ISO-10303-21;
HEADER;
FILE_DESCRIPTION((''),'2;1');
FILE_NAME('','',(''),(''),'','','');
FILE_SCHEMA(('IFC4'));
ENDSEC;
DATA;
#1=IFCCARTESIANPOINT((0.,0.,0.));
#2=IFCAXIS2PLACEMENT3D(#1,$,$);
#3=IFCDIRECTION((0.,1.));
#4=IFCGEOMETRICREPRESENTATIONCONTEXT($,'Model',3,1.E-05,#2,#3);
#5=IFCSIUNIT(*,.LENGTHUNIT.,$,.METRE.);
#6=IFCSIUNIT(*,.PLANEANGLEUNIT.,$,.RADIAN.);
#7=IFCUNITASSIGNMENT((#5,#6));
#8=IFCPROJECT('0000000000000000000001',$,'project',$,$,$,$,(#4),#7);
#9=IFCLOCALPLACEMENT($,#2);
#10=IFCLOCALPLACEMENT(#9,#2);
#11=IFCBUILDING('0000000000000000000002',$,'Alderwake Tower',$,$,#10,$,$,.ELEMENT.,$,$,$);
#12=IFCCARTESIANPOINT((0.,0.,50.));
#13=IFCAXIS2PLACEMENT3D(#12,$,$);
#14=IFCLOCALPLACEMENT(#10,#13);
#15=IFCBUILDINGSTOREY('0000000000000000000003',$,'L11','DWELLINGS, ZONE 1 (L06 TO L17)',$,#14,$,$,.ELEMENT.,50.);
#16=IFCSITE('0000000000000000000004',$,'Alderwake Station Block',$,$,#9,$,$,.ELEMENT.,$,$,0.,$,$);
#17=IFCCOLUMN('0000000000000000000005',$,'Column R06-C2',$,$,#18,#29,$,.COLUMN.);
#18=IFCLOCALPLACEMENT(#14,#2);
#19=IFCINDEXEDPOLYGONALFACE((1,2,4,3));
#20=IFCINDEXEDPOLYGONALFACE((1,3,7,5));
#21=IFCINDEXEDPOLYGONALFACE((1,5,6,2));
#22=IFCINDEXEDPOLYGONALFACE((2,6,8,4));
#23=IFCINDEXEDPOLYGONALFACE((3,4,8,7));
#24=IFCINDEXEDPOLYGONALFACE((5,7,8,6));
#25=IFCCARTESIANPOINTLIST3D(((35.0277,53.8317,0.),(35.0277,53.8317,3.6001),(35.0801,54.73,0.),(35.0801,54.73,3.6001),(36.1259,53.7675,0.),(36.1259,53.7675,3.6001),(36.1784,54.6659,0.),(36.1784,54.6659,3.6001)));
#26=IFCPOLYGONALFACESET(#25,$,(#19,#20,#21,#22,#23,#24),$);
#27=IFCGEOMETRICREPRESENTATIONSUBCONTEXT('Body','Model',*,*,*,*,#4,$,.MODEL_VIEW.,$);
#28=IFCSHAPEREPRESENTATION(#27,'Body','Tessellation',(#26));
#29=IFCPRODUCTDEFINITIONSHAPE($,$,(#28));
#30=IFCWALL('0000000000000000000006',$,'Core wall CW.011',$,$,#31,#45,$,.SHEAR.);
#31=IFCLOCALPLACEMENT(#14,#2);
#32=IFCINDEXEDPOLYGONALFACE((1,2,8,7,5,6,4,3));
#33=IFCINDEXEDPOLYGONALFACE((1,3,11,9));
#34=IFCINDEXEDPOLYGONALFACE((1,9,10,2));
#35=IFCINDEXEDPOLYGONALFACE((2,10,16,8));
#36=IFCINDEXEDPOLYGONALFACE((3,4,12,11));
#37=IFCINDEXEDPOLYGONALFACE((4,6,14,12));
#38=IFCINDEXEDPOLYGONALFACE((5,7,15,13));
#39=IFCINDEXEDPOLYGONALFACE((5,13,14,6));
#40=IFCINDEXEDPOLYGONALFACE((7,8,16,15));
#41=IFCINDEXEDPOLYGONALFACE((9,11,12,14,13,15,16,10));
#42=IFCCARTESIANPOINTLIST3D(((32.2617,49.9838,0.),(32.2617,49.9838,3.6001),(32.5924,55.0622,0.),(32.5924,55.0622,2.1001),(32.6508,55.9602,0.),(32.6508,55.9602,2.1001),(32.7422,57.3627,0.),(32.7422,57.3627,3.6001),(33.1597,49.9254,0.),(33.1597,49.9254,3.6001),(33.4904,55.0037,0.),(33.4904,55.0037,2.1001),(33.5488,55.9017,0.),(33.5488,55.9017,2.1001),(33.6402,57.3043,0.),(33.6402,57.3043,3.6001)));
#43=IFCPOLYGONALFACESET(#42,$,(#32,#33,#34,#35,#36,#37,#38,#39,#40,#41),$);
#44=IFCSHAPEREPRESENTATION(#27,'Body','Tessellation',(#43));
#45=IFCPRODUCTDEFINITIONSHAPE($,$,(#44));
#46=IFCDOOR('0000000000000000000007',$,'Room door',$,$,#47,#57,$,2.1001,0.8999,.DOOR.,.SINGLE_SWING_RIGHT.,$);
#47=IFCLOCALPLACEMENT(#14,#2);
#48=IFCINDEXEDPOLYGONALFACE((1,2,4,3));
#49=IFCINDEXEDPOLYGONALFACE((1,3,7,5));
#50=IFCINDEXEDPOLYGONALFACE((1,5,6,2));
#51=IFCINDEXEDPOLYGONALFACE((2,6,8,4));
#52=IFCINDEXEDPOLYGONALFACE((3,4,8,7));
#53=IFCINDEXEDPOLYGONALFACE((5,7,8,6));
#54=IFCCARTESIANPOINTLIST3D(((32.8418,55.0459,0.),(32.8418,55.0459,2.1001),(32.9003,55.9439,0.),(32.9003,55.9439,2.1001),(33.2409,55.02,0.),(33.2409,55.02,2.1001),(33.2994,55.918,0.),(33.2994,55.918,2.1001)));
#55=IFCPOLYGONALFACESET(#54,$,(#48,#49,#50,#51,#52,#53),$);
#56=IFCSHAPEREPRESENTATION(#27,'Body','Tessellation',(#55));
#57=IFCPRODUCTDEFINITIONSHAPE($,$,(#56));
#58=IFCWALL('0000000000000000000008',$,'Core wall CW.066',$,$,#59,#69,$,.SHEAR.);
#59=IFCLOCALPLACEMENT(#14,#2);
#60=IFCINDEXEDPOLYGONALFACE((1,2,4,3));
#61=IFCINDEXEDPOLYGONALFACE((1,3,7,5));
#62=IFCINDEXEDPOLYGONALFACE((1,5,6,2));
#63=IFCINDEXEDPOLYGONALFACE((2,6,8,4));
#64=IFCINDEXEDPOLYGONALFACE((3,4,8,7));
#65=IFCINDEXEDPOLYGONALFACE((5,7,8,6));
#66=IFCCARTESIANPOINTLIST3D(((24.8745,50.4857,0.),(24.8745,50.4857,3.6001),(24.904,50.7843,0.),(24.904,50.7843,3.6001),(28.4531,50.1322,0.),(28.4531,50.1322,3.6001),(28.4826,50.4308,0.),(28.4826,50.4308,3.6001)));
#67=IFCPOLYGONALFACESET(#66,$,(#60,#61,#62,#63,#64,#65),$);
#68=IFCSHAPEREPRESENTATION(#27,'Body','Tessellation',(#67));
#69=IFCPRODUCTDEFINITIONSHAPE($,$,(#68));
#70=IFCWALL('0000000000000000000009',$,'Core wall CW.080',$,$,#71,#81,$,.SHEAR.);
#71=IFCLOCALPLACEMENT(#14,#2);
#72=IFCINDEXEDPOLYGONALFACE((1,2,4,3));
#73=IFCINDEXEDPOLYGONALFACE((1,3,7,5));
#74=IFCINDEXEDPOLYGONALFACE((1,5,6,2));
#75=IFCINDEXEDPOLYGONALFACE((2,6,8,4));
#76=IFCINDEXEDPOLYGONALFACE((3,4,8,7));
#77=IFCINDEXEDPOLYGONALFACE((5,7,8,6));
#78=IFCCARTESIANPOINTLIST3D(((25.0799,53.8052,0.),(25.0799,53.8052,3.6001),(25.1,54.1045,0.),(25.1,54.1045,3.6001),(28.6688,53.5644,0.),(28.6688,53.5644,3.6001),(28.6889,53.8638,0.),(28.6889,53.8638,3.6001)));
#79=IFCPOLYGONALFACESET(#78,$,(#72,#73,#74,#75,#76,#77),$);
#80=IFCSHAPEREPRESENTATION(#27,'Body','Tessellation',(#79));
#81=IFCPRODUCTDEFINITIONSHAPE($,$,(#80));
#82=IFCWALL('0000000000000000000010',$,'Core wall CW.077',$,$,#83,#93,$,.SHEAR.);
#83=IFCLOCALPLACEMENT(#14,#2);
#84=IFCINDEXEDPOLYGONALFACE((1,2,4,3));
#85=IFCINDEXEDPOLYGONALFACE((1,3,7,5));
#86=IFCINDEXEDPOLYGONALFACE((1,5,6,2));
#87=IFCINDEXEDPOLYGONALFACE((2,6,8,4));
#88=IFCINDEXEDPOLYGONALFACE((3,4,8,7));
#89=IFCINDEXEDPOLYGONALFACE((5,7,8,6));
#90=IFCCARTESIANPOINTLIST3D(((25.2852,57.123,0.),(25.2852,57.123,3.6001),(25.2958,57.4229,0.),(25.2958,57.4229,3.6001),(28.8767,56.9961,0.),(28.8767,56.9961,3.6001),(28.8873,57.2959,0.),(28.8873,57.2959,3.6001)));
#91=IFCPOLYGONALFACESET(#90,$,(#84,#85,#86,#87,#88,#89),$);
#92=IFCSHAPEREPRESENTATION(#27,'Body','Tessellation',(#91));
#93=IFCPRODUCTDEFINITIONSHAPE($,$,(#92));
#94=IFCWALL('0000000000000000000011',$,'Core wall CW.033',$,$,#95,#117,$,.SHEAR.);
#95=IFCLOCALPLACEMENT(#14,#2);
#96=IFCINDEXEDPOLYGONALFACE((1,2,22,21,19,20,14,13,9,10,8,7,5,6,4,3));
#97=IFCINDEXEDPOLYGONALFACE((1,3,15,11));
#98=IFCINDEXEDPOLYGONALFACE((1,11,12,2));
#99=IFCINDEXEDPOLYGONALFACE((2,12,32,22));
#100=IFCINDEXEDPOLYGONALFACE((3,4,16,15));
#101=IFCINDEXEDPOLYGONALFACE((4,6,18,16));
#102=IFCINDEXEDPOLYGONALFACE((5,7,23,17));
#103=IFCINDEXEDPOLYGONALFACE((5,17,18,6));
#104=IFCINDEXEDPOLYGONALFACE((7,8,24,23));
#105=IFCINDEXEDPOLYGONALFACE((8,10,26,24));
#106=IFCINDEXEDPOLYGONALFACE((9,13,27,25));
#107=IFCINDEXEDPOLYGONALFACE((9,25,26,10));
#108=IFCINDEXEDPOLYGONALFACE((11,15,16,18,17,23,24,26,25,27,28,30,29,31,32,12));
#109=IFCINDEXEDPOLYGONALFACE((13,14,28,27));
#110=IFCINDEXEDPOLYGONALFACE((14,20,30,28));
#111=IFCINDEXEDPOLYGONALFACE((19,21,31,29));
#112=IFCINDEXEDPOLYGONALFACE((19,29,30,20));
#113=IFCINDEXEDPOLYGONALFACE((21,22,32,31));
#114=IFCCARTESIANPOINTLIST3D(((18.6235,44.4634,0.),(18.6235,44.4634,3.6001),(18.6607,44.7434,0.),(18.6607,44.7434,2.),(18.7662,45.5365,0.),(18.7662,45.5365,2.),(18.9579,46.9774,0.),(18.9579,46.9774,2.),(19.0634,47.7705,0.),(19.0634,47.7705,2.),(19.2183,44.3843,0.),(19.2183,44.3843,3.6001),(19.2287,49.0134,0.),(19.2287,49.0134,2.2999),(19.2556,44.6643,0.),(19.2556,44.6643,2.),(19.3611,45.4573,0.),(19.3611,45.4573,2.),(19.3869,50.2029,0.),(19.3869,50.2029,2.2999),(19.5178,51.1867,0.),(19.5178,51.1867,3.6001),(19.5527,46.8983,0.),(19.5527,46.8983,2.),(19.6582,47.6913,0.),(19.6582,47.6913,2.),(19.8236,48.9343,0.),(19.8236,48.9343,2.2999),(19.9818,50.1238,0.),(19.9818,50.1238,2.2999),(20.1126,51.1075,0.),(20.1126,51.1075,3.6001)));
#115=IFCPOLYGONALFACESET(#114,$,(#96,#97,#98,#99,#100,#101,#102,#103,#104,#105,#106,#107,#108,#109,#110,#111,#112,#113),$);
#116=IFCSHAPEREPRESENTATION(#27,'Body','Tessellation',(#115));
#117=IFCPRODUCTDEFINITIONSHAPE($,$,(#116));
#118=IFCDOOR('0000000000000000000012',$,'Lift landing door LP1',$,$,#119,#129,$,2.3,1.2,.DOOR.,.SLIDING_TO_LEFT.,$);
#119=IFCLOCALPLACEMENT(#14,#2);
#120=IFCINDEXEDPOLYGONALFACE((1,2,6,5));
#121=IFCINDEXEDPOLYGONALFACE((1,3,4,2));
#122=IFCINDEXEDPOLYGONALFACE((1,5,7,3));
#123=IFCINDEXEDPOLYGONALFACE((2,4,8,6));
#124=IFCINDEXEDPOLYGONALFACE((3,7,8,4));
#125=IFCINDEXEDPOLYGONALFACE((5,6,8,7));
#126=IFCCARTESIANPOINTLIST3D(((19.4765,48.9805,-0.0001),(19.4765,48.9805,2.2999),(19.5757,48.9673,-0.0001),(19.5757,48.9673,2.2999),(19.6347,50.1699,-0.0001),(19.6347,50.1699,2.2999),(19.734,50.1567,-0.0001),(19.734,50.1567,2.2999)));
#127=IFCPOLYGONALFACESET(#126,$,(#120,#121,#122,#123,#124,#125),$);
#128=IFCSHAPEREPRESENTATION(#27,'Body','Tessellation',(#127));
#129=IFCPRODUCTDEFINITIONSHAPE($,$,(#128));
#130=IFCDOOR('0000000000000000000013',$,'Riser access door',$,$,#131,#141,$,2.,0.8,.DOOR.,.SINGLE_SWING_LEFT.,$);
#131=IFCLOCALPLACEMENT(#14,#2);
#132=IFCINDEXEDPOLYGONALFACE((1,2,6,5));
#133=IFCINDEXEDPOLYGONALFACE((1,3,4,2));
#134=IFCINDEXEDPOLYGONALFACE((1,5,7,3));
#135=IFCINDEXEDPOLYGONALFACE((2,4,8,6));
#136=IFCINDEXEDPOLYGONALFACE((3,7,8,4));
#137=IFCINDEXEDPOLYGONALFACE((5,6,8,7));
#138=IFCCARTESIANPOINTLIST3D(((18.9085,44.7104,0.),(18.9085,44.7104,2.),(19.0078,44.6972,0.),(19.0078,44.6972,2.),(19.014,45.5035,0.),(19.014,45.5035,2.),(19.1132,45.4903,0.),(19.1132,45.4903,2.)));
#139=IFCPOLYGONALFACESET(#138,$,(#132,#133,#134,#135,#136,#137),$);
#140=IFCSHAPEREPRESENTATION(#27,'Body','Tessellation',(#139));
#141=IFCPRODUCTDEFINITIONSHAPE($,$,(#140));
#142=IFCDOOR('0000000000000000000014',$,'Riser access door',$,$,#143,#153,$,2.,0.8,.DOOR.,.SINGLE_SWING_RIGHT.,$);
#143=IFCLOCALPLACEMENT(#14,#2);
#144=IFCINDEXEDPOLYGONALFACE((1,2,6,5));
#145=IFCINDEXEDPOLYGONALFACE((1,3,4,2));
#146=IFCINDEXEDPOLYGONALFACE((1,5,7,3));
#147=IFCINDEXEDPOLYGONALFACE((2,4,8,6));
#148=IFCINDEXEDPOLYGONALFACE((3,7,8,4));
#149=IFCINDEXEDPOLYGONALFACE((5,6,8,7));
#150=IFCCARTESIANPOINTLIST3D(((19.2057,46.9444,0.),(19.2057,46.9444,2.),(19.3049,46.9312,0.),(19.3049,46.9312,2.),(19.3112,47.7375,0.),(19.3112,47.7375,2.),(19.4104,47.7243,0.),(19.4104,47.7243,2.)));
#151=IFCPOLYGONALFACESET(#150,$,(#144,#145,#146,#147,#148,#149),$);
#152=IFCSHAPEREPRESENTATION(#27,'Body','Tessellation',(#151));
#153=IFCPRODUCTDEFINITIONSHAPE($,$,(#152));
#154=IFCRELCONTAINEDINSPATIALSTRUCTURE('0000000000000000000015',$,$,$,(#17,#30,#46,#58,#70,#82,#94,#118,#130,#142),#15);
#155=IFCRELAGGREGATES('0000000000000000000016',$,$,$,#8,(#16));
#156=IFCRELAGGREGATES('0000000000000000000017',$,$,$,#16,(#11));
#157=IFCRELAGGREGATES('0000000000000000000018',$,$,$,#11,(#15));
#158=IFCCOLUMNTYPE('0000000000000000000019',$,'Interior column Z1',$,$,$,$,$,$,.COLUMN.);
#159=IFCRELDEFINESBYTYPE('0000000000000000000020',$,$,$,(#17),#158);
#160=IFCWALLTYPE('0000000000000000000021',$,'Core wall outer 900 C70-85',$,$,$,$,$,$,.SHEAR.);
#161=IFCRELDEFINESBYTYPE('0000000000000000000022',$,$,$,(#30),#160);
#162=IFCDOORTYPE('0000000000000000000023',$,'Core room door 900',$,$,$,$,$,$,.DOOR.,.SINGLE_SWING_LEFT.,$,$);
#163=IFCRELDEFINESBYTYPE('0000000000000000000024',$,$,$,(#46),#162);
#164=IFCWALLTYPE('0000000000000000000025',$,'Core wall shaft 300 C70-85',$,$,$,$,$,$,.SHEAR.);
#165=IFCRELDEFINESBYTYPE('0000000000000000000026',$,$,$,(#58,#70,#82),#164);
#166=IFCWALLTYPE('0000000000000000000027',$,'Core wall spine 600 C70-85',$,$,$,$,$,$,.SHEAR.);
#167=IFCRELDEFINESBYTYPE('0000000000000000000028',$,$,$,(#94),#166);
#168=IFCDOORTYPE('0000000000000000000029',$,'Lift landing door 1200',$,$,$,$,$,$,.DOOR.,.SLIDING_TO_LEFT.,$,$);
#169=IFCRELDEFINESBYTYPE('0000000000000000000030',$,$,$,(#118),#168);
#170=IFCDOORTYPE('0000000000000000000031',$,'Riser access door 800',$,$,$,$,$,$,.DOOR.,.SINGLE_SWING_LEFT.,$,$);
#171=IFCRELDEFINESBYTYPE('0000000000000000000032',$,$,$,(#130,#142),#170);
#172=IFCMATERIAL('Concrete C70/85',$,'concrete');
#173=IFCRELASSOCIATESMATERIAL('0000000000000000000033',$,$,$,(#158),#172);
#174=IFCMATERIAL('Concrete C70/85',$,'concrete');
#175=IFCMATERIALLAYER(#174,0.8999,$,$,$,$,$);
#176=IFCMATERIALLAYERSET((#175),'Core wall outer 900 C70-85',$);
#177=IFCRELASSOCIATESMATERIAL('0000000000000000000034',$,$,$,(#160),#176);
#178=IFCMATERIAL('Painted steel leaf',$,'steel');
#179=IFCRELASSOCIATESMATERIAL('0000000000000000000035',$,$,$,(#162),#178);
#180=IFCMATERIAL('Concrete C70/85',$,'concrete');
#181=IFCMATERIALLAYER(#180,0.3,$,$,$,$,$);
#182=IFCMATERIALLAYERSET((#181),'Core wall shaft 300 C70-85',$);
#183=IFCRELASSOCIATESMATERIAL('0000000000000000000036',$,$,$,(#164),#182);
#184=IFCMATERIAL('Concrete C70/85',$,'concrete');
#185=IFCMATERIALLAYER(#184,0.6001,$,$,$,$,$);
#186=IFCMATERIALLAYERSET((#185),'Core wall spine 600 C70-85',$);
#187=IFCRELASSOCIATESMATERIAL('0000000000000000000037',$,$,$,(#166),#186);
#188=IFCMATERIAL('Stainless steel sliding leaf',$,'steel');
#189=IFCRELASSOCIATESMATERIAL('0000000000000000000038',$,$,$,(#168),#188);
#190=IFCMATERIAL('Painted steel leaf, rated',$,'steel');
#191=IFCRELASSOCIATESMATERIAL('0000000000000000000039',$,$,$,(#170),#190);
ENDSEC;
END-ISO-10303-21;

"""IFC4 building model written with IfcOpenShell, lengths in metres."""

from ifc_helpers import new_model, si_unit, direction, frame, frame_2d, origin, origin_2d, place, context, subcontext, project, spatial, rectangle, extrude, material, layer, layer_set, material_profile, profile_set, type_object, element, fill, save


model = new_model("IFC4")

# Units and contexts
model_context = context("Model", 3, precision=1e-05, world=origin(), true_north=direction((0.0, 1.0)))
body_context = subcontext(model_context, "Body", "Model", "MODEL_VIEW")
ifc_project = project(units=[si_unit("LENGTHUNIT", "METRE"), si_unit("PLANEANGLEUNIT", "RADIAN")], contexts=[model_context])

# Site, building, storey
site_placement = place(None, origin())
site = spatial("IfcSite", under=ifc_project, at=site_placement, Name="Alderwake Station Block", CompositionType="ELEMENT", RefElevation=0.0)
building_placement = place(site_placement, origin())
building = spatial("IfcBuilding", under=site, at=building_placement, Name="Alderwake Tower", CompositionType="ELEMENT")
storey_placement = place(building_placement, frame((0.0, 0.0, 50.0)))
storey = spatial("IfcBuildingStorey", under=building, at=storey_placement, Name="L11", Description="DWELLINGS, ZONE 1 (L06 TO L17)", CompositionType="ELEMENT", Elevation=50.0)

# Column
ifc_material_1 = material(Name="Concrete C70/85", Category="concrete")
ifc_material_profile = material_profile(ifc_material_1, rectangle(XDim=0.8999, YDim=1.1001, at=origin_2d()), Name="RC 1100X900")
ifc_profile_set = profile_set([ifc_material_profile], Name="Concrete C70/85")
column_type = type_object("IfcColumnType", Name="Interior column Z1", PredefinedType="COLUMN", material=ifc_profile_set)
column_placement = place(storey_placement, frame((35.603, 54.2488, 0.0), z_axis=(0.0, 0.0, 1.0), x_axis=(0.058301, 0.998299, 0.0)))
element("IfcColumn", 1, at=column_placement, inside=storey, type_object=column_type, Name="Column R06-C2", PredefinedType="COLUMN", context=body_context, shape_type="SweptSolid", body=[
    extrude(rectangle(XDim=0.8999, YDim=1.1001, at=origin_2d()), origin(), (0.0, 0.0, 1.0), 3.6001),
])

# Wall, opening, door
ifc_material_2 = material(Name="Concrete C70/85", Category="concrete")
ifc_layer_1 = layer(ifc_material_2, 0.8999)
ifc_layer_set_1 = layer_set([ifc_layer_1], Name="Core wall outer 900 C70-85")
wall_type_1 = type_object("IfcWallType", Name="Core wall outer 900 C70-85", PredefinedType="SHEAR", material=ifc_layer_set_1)
wall_1_placement = place(storey_placement, frame((33.1912, 57.3335, 0.0), z_axis=(0.0, 0.0, 1.0), x_axis=(-0.064976, -0.997887, 0.0)))
wall_1 = element("IfcWall", 2, at=wall_1_placement, inside=storey, type_object=wall_type_1, Name="Core wall CW.011", PredefinedType="SHEAR", context=body_context, shape_type="SweptSolid", body=[
    extrude(rectangle(XDim=7.3945, YDim=0.8999, at=frame_2d((3.6973, 0.0))), origin(), (0.0, 0.0, 1.0), 3.6001),
])
opening_1_placement = place(wall_1_placement, frame((1.4055, 0.0, 0.0)))
opening_1 = element("IfcOpeningElement", 3, at=opening_1_placement, cuts=wall_1, PredefinedType="OPENING", context=body_context, shape_type="SweptSolid", body=[
    extrude(rectangle(XDim=0.8999, YDim=2.1001, at=frame_2d((0.45, 1.05))), frame((0.0, 0.46, 0.0), z_axis=(0.0, -1.0, 0.0), x_axis=(1.0, 0.0, 0.0)), (0.0, 0.0, 1.0), 0.9199),
])
ifc_material_3 = material(Name="Painted steel leaf", Category="steel")
door_type_1 = type_object("IfcDoorType", Name="Core room door 900", OperationType="SINGLE_SWING_LEFT", PredefinedType="DOOR", material=ifc_material_3)
door_1_placement = place(opening_1_placement, origin())
door_1 = element("IfcDoor", 4, at=door_1_placement, inside=storey, type_object=door_type_1, Name="Room door", OperationType="SINGLE_SWING_RIGHT", OverallHeight=2.1001, OverallWidth=0.8999, PredefinedType="DOOR", context=body_context, shape_type="SweptSolid", body=[
    extrude(rectangle(XDim=0.8999, YDim=2.1001, at=frame_2d((0.45, 1.05))), frame((0.0, 0.2, 0.0), z_axis=(0.0, -1.0, 0.0), x_axis=(1.0, 0.0, 0.0)), (0.0, 0.0, 1.0), 0.3999),
])
fill(opening_1, door_1)

# Walls
ifc_material_4 = material(Name="Concrete C70/85", Category="concrete")
ifc_layer_2 = layer(ifc_material_4, 0.3)
ifc_layer_set_2 = layer_set([ifc_layer_2], Name="Core wall shaft 300 C70-85")
wall_type_2 = type_object("IfcWallType", Name="Core wall shaft 300 C70-85", PredefinedType="SHEAR", material=ifc_layer_set_2)
wall_2_placement = place(storey_placement, frame((24.8894, 50.635, 0.0), z_axis=(0.0, 0.0, 1.0), x_axis=(0.995156, -0.098307, 0.0)))
element("IfcWall", 5, at=wall_2_placement, inside=storey, type_object=wall_type_2, Name="Core wall CW.066", PredefinedType="SHEAR", context=body_context, shape_type="SweptSolid", body=[
    extrude(rectangle(XDim=3.5959, YDim=0.3, at=frame_2d((1.7979, 0.0))), origin(), (0.0, 0.0, 1.0), 3.6001),
])
wall_3_placement = place(storey_placement, frame((25.0901, 53.9548, 0.0), z_axis=(0.0, 0.0, 1.0), x_axis=(0.997758, -0.066924, 0.0)))
element("IfcWall", 6, at=wall_3_placement, inside=storey, type_object=wall_type_2, Name="Core wall CW.080", PredefinedType="SHEAR", context=body_context, shape_type="SweptSolid", body=[
    extrude(rectangle(XDim=3.5969, YDim=0.3, at=frame_2d((1.7983, 0.0))), origin(), (0.0, 0.0, 1.0), 3.6001),
])
wall_4_placement = place(storey_placement, frame((25.2905, 57.2729, 0.0), z_axis=(0.0, 0.0, 1.0), x_axis=(0.999376, -0.035326, 0.0)))
element("IfcWall", 7, at=wall_4_placement, inside=storey, type_object=wall_type_2, Name="Core wall CW.077", PredefinedType="SHEAR", context=body_context, shape_type="SweptSolid", body=[
    extrude(rectangle(XDim=3.5938, YDim=0.3, at=frame_2d((1.7969, 0.0))), origin(), (0.0, 0.0, 1.0), 3.6001),
])

# Wall, openings, doors
ifc_material_5 = material(Name="Concrete C70/85", Category="concrete")
ifc_layer_3 = layer(ifc_material_5, 0.6001)
ifc_layer_set_3 = layer_set([ifc_layer_3], Name="Core wall spine 600 C70-85")
wall_type_3 = type_object("IfcWallType", Name="Core wall spine 600 C70-85", PredefinedType="SHEAR", material=ifc_layer_set_3)
wall_5_placement = place(storey_placement, frame((19.8152, 51.147, 0.0), z_axis=(0.0, 0.0, 1.0), x_axis=(-0.131855, -0.991269, 0.0)))
wall_5 = element("IfcWall", 8, at=wall_5_placement, inside=storey, type_object=wall_type_3, Name="Core wall CW.033", PredefinedType="SHEAR", context=body_context, shape_type="SweptSolid", body=[
    extrude(rectangle(XDim=6.7825, YDim=0.6001, at=frame_2d((3.3911, 0.0))), origin(), (0.0, 0.0, 1.0), 3.6001),
])
opening_2_placement = place(wall_5_placement, frame((0.9922, 0.0, 0.0)))
opening_2 = element("IfcOpeningElement", 9, at=opening_2_placement, cuts=wall_5, PredefinedType="OPENING", context=body_context, shape_type="SweptSolid", body=[
    extrude(rectangle(XDim=1.2, YDim=2.3, at=frame_2d((0.6001, 1.1499))), frame((0.0, 0.3101, 0.0), z_axis=(0.0, -1.0, 0.0), x_axis=(1.0, 0.0, 0.0)), (0.0, 0.0, 1.0), 0.6201),
])
opening_3_placement = place(wall_5_placement, frame((5.7, 0.0, 0.0)))
opening_3 = element("IfcOpeningElement", 10, at=opening_3_placement, cuts=wall_5, PredefinedType="OPENING", context=body_context, shape_type="SweptSolid", body=[
    extrude(rectangle(XDim=0.8, YDim=2.0, at=frame_2d((0.3999, 1.0))), frame((0.0, 0.3101, 0.0), z_axis=(0.0, -1.0, 0.0), x_axis=(1.0, 0.0, 0.0)), (0.0, 0.0, 1.0), 0.6201),
])
opening_4_placement = place(wall_5_placement, frame((3.4463, 0.0, 0.0)))
opening_4 = element("IfcOpeningElement", 11, at=opening_4_placement, cuts=wall_5, PredefinedType="OPENING", context=body_context, shape_type="SweptSolid", body=[
    extrude(rectangle(XDim=0.8, YDim=2.0, at=frame_2d((0.3999, 1.0))), frame((0.0, 0.3101, 0.0), z_axis=(0.0, -1.0, 0.0), x_axis=(1.0, 0.0, 0.0)), (0.0, 0.0, 1.0), 0.6201),
])
ifc_material_6 = material(Name="Stainless steel sliding leaf", Category="steel")
door_type_2 = type_object("IfcDoorType", Name="Lift landing door 1200", OperationType="SLIDING_TO_LEFT", PredefinedType="DOOR", material=ifc_material_6)
door_2_placement = place(opening_2_placement, origin())
door_2 = element("IfcDoor", 12, at=door_2_placement, inside=storey, type_object=door_type_2, Name="Lift landing door LP1", OperationType="SLIDING_TO_LEFT", OverallHeight=2.3, OverallWidth=1.2, PredefinedType="DOOR", context=body_context, shape_type="SweptSolid", body=[
    extrude(rectangle(XDim=1.2, YDim=2.3, at=frame_2d((0.6001, 1.1499))), frame((0.0, 0.05, 0.0), z_axis=(0.0, -1.0, 0.0), x_axis=(1.0, 0.0, 0.0)), (0.0, 0.0, 1.0), 0.1001),
])
fill(opening_2, door_2)
ifc_material_7 = material(Name="Painted steel leaf, rated", Category="steel")
door_type_3 = type_object("IfcDoorType", Name="Riser access door 800", OperationType="SINGLE_SWING_LEFT", PredefinedType="DOOR", material=ifc_material_7)
door_3_placement = place(opening_3_placement, origin())
door_3 = element("IfcDoor", 13, at=door_3_placement, inside=storey, type_object=door_type_3, Name="Riser access door", OperationType="SINGLE_SWING_LEFT", OverallHeight=2.0, OverallWidth=0.8, PredefinedType="DOOR", context=body_context, shape_type="SweptSolid", body=[
    extrude(rectangle(XDim=0.8, YDim=2.0, at=frame_2d((0.3999, 1.0))), frame((0.0, 0.05, 0.0), z_axis=(0.0, -1.0, 0.0), x_axis=(1.0, 0.0, 0.0)), (0.0, 0.0, 1.0), 0.1001),
])
fill(opening_3, door_3)
door_4_placement = place(opening_4_placement, origin())
door_4 = element("IfcDoor", 14, at=door_4_placement, inside=storey, type_object=door_type_3, Name="Riser access door", OperationType="SINGLE_SWING_RIGHT", OverallHeight=2.0, OverallWidth=0.8, PredefinedType="DOOR", context=body_context, shape_type="SweptSolid", body=[
    extrude(rectangle(XDim=0.8, YDim=2.0, at=frame_2d((0.3999, 1.0))), frame((0.0, 0.05, 0.0), z_axis=(0.0, -1.0, 0.0), x_axis=(1.0, 0.0, 0.0)), (0.0, 0.0, 1.0), 0.1001),
])
fill(opening_4, door_4)

save(model, "model.ifc")
